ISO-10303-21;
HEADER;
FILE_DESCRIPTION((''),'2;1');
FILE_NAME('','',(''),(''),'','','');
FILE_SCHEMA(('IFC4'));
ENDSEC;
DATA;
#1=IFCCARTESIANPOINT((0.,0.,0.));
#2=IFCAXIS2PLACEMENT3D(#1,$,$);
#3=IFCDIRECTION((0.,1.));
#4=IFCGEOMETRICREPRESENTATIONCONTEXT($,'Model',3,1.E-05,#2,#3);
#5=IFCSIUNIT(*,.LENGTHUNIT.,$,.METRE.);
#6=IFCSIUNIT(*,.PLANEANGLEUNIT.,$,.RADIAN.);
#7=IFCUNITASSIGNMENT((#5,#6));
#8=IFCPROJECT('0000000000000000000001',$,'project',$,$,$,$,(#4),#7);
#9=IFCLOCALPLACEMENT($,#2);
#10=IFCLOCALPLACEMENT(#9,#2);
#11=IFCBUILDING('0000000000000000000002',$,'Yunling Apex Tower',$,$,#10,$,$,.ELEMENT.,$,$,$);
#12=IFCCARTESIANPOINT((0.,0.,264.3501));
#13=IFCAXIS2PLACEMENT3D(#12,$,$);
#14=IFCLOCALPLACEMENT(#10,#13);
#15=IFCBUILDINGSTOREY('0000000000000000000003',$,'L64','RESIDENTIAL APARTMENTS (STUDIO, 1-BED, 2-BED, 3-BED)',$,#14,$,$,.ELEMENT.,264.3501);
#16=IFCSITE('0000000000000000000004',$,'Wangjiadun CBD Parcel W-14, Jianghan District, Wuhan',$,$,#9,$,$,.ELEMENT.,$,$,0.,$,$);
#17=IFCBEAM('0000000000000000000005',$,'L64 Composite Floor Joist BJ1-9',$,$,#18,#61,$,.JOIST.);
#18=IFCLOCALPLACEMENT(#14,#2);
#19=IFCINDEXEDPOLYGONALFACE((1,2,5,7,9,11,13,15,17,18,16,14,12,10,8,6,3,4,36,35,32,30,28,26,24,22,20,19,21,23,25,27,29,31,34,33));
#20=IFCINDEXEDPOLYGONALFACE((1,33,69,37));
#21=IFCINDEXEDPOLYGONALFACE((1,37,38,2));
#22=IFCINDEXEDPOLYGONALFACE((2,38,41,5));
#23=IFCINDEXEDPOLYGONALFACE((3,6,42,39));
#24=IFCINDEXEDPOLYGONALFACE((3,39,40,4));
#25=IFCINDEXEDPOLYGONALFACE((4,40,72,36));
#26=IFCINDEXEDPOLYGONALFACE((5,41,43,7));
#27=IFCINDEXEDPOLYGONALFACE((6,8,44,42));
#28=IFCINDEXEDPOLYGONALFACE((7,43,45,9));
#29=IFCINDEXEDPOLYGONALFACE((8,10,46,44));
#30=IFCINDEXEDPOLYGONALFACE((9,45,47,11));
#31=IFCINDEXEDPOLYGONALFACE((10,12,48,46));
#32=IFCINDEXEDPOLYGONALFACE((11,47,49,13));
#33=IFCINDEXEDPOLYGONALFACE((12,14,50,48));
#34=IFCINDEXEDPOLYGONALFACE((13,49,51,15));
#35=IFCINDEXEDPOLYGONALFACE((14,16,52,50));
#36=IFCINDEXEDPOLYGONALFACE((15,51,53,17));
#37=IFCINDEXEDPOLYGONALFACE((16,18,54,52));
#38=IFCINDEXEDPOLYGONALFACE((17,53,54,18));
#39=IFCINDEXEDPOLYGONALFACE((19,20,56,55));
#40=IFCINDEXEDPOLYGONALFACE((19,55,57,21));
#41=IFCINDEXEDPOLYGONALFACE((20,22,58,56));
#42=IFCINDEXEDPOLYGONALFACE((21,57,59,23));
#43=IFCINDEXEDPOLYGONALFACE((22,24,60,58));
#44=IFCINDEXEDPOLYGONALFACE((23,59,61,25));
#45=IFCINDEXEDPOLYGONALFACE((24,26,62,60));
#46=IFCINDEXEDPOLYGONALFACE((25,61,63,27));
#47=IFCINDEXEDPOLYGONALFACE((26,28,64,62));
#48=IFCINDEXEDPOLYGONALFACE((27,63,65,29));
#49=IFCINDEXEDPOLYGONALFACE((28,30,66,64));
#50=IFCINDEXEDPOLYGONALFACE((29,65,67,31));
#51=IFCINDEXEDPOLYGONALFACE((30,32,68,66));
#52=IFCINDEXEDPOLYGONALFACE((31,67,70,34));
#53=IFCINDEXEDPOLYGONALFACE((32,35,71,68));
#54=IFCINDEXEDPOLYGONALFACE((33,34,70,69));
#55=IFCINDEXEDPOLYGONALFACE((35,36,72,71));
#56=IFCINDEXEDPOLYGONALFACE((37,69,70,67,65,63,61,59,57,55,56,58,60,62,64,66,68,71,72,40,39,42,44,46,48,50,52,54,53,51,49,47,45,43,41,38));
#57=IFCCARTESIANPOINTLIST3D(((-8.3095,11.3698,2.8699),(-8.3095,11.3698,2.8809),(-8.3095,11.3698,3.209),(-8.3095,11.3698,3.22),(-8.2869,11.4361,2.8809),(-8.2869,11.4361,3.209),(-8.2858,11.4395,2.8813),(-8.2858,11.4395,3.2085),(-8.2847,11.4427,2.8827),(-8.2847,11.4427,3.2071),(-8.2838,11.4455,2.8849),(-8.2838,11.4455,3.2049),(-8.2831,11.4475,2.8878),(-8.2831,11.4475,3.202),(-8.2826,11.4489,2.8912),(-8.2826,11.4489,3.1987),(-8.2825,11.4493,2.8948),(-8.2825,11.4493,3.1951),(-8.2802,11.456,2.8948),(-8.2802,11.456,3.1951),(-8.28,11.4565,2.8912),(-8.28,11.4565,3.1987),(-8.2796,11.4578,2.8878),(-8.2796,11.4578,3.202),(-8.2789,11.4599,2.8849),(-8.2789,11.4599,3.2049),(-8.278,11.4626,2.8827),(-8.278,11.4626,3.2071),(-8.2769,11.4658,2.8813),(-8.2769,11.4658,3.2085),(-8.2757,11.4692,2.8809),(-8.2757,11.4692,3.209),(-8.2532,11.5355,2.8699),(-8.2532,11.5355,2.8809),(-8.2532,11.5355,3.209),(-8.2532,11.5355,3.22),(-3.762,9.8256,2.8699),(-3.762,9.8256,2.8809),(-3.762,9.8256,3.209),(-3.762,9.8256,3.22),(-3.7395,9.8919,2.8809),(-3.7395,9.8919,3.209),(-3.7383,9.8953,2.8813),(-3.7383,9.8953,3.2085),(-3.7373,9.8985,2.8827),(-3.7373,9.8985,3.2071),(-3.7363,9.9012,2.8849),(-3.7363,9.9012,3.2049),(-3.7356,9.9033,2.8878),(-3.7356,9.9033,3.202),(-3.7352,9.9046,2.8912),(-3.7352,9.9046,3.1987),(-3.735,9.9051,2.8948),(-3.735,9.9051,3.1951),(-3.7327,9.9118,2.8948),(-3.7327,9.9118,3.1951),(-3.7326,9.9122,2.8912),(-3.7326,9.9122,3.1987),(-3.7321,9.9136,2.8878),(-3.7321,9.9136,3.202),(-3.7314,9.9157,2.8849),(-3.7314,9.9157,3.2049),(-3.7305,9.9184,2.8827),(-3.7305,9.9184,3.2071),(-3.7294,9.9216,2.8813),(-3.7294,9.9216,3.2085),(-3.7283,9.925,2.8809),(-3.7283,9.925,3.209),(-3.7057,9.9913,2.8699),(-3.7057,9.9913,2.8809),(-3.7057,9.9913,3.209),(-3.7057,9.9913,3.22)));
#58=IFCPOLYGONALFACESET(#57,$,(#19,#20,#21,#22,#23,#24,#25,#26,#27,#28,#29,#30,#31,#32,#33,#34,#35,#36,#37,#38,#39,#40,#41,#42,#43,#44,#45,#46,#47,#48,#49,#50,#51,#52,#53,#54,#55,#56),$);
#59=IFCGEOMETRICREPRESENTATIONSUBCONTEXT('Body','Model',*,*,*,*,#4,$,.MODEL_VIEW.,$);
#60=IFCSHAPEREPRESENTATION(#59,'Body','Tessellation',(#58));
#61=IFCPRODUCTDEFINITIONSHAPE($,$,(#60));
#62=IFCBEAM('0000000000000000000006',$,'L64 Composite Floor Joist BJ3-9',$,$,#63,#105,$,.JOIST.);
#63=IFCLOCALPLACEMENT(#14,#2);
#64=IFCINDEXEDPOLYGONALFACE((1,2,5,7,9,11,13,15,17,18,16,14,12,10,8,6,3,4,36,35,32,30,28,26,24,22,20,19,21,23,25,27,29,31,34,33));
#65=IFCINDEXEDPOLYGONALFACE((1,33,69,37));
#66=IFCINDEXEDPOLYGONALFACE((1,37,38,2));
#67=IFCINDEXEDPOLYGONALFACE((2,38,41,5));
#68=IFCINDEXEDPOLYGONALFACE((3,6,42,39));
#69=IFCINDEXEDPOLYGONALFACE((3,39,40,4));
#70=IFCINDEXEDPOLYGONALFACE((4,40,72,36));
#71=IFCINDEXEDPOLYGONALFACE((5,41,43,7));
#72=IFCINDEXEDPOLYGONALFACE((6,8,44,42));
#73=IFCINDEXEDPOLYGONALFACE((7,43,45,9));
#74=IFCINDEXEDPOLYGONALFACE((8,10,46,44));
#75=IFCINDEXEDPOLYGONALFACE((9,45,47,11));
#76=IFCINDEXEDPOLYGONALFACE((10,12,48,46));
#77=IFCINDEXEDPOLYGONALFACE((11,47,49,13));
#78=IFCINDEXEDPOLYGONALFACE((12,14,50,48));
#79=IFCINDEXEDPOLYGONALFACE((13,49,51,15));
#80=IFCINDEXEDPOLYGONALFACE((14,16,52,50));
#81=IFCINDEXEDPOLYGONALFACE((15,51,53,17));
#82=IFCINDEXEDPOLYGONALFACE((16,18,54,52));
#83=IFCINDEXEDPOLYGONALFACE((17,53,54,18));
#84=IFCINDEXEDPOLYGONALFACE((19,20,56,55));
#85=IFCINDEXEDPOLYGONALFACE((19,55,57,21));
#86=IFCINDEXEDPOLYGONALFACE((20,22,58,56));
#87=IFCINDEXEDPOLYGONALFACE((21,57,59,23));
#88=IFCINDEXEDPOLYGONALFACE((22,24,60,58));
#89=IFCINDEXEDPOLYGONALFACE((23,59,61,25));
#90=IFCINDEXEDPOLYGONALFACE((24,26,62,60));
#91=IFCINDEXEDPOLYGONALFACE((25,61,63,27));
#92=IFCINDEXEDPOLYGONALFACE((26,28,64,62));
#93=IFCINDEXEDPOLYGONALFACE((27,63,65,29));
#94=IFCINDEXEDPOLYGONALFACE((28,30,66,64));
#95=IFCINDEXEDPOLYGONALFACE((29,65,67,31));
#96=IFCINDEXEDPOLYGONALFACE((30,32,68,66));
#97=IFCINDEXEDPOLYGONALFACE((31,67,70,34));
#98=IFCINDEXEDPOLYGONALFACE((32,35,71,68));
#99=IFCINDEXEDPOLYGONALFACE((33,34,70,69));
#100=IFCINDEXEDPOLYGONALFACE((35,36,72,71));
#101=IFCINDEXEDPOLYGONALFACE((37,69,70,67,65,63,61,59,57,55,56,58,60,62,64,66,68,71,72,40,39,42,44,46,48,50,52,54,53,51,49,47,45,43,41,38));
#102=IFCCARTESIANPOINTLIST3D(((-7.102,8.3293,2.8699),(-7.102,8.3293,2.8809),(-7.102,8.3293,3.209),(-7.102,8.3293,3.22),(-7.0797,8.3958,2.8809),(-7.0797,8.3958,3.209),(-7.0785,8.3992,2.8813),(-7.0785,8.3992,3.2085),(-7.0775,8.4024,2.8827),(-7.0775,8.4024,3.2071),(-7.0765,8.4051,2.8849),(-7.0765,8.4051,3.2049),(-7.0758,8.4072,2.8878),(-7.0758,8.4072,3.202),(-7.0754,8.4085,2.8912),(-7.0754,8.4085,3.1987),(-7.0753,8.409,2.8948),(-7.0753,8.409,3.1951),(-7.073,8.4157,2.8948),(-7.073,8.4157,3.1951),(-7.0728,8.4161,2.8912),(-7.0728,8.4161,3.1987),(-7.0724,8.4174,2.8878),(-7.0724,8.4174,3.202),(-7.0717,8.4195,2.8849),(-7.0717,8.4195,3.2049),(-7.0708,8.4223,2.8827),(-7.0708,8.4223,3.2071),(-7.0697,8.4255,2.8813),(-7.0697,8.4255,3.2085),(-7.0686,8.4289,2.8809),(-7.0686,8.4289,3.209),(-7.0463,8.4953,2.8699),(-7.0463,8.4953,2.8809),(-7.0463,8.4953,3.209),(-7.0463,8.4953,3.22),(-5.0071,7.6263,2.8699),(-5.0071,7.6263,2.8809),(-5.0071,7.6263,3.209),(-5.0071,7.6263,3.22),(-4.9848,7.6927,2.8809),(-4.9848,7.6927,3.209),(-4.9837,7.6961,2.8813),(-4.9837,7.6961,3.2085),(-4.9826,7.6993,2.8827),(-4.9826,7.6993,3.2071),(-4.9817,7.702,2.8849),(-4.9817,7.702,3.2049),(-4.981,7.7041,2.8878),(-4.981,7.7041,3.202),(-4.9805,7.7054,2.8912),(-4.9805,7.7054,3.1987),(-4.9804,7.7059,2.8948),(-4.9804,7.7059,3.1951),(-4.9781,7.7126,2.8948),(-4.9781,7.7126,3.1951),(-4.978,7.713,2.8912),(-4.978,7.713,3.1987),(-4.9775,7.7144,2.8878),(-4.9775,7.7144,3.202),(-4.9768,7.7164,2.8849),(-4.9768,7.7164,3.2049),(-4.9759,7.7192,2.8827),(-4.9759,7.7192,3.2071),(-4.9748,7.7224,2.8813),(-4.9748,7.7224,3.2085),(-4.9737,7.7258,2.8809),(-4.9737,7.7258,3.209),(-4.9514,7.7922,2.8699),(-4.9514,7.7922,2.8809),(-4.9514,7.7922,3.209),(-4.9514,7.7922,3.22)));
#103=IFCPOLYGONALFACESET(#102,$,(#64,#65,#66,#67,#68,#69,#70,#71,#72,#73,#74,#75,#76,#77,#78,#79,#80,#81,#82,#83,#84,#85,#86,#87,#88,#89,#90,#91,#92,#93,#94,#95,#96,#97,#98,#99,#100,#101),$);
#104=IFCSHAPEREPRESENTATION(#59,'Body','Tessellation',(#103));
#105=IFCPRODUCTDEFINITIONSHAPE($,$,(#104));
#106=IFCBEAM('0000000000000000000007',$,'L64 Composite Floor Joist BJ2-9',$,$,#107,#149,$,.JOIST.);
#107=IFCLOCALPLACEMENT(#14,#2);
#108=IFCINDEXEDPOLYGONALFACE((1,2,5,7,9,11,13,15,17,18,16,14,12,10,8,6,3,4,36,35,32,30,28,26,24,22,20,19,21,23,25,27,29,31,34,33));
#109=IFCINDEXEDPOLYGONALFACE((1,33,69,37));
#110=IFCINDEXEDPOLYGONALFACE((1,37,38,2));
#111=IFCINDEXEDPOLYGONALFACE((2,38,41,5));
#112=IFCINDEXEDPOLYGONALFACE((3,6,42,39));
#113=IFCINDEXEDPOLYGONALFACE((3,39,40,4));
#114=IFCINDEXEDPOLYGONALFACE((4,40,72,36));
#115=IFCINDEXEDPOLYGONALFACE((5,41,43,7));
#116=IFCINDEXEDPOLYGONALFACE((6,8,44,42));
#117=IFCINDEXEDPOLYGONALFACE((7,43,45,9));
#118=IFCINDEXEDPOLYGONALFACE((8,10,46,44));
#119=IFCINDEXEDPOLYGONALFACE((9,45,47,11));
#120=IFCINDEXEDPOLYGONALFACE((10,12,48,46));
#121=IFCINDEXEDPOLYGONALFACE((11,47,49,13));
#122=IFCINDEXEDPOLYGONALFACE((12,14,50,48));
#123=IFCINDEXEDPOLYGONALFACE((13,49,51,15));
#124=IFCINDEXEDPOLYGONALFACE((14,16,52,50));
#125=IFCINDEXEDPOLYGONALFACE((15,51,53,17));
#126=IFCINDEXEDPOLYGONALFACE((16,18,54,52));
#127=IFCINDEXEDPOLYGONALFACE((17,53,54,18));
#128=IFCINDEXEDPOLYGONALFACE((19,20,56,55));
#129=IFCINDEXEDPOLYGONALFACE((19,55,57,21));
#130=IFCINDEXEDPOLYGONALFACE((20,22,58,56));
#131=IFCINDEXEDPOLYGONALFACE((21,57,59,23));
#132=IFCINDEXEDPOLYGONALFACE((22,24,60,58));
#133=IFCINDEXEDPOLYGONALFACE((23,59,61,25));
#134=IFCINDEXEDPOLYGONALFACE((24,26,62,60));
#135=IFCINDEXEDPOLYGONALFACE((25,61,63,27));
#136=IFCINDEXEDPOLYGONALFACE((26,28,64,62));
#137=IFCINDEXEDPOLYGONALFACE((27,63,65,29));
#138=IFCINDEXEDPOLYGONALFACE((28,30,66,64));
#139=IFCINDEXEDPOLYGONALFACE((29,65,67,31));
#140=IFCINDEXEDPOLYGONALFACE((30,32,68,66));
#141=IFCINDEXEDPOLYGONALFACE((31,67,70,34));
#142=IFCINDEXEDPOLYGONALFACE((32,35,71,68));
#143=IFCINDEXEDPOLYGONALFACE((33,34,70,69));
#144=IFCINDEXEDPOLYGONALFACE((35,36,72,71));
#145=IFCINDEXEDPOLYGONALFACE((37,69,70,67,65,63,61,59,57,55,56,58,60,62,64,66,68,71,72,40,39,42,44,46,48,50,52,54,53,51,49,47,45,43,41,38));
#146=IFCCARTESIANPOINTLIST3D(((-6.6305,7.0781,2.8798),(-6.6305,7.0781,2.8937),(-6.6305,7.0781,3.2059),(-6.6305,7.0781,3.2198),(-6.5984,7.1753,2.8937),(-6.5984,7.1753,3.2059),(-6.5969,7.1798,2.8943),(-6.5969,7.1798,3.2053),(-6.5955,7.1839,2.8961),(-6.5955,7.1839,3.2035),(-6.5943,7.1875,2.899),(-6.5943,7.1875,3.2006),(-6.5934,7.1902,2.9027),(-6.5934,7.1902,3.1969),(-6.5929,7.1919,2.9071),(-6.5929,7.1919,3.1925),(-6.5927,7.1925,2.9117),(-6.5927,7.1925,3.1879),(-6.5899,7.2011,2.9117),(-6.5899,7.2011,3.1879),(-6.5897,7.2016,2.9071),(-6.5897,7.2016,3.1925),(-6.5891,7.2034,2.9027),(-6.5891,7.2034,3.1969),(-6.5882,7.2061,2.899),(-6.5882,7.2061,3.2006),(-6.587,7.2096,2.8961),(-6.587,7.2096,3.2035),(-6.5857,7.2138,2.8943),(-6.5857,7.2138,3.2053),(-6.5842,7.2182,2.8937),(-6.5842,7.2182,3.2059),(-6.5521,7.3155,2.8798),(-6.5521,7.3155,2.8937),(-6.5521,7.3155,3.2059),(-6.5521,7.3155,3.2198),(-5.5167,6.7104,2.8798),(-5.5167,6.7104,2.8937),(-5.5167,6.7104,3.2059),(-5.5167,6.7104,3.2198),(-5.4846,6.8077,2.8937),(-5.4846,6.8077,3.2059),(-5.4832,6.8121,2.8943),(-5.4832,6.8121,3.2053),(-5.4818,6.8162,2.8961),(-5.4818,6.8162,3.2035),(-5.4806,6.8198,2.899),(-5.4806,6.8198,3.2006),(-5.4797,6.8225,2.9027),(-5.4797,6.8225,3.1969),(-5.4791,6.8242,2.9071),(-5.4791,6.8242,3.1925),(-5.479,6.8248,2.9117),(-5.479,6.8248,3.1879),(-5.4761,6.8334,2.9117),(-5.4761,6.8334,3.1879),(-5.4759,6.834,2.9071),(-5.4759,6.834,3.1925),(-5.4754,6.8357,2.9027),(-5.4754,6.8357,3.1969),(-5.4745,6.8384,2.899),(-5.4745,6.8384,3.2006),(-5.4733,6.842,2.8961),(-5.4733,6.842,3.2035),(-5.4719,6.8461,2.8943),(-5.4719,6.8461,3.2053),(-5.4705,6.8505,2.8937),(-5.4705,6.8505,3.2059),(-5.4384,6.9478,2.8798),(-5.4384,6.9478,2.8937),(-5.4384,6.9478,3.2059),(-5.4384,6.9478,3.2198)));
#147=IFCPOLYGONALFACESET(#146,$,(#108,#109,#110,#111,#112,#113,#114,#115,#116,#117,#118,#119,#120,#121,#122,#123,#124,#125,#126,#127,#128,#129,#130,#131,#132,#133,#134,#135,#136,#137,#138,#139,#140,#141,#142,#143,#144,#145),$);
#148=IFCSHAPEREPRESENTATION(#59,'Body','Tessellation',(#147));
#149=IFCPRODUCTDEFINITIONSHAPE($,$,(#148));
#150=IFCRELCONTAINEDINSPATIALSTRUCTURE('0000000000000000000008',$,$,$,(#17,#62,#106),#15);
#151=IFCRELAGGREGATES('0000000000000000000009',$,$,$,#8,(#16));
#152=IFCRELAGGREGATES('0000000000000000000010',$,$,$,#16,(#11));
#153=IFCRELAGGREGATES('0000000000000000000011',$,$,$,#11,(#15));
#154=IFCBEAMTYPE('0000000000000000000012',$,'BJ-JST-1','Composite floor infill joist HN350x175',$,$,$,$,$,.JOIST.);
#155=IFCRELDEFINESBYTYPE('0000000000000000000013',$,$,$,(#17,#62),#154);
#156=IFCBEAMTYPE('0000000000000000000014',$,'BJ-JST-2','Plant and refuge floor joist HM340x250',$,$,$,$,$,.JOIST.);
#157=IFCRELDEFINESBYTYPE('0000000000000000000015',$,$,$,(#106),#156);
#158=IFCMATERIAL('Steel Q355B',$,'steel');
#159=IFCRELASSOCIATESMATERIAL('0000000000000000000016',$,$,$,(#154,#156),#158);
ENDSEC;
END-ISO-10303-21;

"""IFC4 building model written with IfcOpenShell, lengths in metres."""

from ifc_helpers import new_model, si_unit, direction, frame, origin, origin_2d, place, context, subcontext, project, spatial, i_section, extrude, source, transform, mapped, material, material_profile, profile_set, type_object, element, save


model = new_model("IFC4")

# Units and contexts
model_context = context("Model", 3, precision=1e-05, world=origin(), true_north=direction((0.0, 1.0)))
body_context = subcontext(model_context, "Body", "Model", "MODEL_VIEW")
ifc_project = project(units=[si_unit("LENGTHUNIT", "METRE"), si_unit("PLANEANGLEUNIT", "RADIAN")], contexts=[model_context])

# Site, building, storey
site_placement = place(None, origin())
site = spatial("IfcSite", under=ifc_project, at=site_placement, Name="Wangjiadun CBD Parcel W-14, Jianghan District, Wuhan", CompositionType="ELEMENT", RefElevation=0.0)
building_placement = place(site_placement, origin())
building = spatial("IfcBuilding", under=site, at=building_placement, Name="Yunling Apex Tower", CompositionType="ELEMENT")
storey_placement = place(building_placement, frame((0.0, 0.0, 264.3501)))
storey = spatial("IfcBuildingStorey", under=building, at=storey_placement, Name="L64", Description="RESIDENTIAL APARTMENTS (STUDIO, 1-BED, 2-BED, 3-BED)", CompositionType="ELEMENT", Elevation=264.3501)

# Shared definitions
ifc_material_1 = material(Name="Steel Q355B", Category="steel")

# Beams
ifc_material_profile_1 = material_profile(ifc_material_1, i_section(OverallWidth=0.175, OverallDepth=0.3501, WebThickness=0.0071, FlangeThickness=0.011, FilletRadius=0.0139, at=origin_2d()))
ifc_profile_set_1 = profile_set([ifc_material_profile_1], Name="Steel Q355B")
beam_type_1 = type_object("IfcBeamType", Name="BJ-JST-1", Description="Composite floor infill joist HN350x175", PredefinedType="JOIST", material=ifc_profile_set_1)
shared_shape_1 = source(origin(), body_context, "Body", "SweptSolid", [
    extrude(i_section(OverallWidth=0.175, OverallDepth=0.3501, WebThickness=0.0071, FlangeThickness=0.011, FilletRadius=0.0139, at=origin_2d()), origin(), (0.0, 0.0, 1.0), 4.8025),
])
beam_1_placement = place(storey_placement, frame((-3.7339, 9.9084, 3.0449), z_axis=(-0.946894, 0.321545, 0.0), x_axis=(-0.321545, -0.946894, 0.0)))
element("IfcBeam", 1, at=beam_1_placement, inside=storey, type_object=beam_type_1, Name="L64 Composite Floor Joist BJ1-9", PredefinedType="JOIST", context=body_context, shape_type="MappedRepresentation", body=[
    mapped(shared_shape_1, transform((0.0, 0.0, 0.0), scale=1.0)),
])
shared_shape_2 = source(origin(), body_context, "Body", "SweptSolid", [
    extrude(i_section(OverallWidth=0.175, OverallDepth=0.3501, WebThickness=0.0071, FlangeThickness=0.011, FilletRadius=0.0139, at=origin_2d()), origin(), (0.0, 0.0, 1.0), 2.2097),
])
beam_2_placement = place(storey_placement, frame((-4.9792, 7.7092, 3.0449), z_axis=(-0.948029, 0.318183, 0.0), x_axis=(-0.318183, -0.948029, 0.0)))
element("IfcBeam", 2, at=beam_2_placement, inside=storey, type_object=beam_type_1, Name="L64 Composite Floor Joist BJ3-9", PredefinedType="JOIST", context=body_context, shape_type="MappedRepresentation", body=[
    mapped(shared_shape_2, transform((0.0, 0.0, 0.0), scale=1.0)),
])
ifc_material_profile_2 = material_profile(ifc_material_1, i_section(OverallWidth=0.25, OverallDepth=0.3401, WebThickness=0.009, FlangeThickness=0.0139, FilletRadius=0.0181, at=origin_2d()))
ifc_profile_set_2 = profile_set([ifc_material_profile_2], Name="Steel Q355B")
beam_type_2 = type_object("IfcBeamType", Name="BJ-JST-2", Description="Plant and refuge floor joist HM340x250", PredefinedType="JOIST", material=ifc_profile_set_2)
shared_shape_3 = source(origin(), body_context, "Body", "SweptSolid", [
    extrude(i_section(OverallWidth=0.25, OverallDepth=0.3401, WebThickness=0.009, FlangeThickness=0.0139, FilletRadius=0.0181, at=origin_2d()), origin(), (0.0, 0.0, 1.0), 1.1729),
])
beam_3_placement = place(storey_placement, frame((-5.4775, 6.8291, 3.0498), z_axis=(-0.949595, 0.313479, 0.0), x_axis=(-0.313479, -0.949595, 0.0)))
element("IfcBeam", 3, at=beam_3_placement, inside=storey, type_object=beam_type_2, Name="L64 Composite Floor Joist BJ2-9", PredefinedType="JOIST", context=body_context, shape_type="MappedRepresentation", body=[
    mapped(shared_shape_3, transform((0.0, 0.0, 0.0), scale=1.0)),
])

save(model, "model.ifc")
